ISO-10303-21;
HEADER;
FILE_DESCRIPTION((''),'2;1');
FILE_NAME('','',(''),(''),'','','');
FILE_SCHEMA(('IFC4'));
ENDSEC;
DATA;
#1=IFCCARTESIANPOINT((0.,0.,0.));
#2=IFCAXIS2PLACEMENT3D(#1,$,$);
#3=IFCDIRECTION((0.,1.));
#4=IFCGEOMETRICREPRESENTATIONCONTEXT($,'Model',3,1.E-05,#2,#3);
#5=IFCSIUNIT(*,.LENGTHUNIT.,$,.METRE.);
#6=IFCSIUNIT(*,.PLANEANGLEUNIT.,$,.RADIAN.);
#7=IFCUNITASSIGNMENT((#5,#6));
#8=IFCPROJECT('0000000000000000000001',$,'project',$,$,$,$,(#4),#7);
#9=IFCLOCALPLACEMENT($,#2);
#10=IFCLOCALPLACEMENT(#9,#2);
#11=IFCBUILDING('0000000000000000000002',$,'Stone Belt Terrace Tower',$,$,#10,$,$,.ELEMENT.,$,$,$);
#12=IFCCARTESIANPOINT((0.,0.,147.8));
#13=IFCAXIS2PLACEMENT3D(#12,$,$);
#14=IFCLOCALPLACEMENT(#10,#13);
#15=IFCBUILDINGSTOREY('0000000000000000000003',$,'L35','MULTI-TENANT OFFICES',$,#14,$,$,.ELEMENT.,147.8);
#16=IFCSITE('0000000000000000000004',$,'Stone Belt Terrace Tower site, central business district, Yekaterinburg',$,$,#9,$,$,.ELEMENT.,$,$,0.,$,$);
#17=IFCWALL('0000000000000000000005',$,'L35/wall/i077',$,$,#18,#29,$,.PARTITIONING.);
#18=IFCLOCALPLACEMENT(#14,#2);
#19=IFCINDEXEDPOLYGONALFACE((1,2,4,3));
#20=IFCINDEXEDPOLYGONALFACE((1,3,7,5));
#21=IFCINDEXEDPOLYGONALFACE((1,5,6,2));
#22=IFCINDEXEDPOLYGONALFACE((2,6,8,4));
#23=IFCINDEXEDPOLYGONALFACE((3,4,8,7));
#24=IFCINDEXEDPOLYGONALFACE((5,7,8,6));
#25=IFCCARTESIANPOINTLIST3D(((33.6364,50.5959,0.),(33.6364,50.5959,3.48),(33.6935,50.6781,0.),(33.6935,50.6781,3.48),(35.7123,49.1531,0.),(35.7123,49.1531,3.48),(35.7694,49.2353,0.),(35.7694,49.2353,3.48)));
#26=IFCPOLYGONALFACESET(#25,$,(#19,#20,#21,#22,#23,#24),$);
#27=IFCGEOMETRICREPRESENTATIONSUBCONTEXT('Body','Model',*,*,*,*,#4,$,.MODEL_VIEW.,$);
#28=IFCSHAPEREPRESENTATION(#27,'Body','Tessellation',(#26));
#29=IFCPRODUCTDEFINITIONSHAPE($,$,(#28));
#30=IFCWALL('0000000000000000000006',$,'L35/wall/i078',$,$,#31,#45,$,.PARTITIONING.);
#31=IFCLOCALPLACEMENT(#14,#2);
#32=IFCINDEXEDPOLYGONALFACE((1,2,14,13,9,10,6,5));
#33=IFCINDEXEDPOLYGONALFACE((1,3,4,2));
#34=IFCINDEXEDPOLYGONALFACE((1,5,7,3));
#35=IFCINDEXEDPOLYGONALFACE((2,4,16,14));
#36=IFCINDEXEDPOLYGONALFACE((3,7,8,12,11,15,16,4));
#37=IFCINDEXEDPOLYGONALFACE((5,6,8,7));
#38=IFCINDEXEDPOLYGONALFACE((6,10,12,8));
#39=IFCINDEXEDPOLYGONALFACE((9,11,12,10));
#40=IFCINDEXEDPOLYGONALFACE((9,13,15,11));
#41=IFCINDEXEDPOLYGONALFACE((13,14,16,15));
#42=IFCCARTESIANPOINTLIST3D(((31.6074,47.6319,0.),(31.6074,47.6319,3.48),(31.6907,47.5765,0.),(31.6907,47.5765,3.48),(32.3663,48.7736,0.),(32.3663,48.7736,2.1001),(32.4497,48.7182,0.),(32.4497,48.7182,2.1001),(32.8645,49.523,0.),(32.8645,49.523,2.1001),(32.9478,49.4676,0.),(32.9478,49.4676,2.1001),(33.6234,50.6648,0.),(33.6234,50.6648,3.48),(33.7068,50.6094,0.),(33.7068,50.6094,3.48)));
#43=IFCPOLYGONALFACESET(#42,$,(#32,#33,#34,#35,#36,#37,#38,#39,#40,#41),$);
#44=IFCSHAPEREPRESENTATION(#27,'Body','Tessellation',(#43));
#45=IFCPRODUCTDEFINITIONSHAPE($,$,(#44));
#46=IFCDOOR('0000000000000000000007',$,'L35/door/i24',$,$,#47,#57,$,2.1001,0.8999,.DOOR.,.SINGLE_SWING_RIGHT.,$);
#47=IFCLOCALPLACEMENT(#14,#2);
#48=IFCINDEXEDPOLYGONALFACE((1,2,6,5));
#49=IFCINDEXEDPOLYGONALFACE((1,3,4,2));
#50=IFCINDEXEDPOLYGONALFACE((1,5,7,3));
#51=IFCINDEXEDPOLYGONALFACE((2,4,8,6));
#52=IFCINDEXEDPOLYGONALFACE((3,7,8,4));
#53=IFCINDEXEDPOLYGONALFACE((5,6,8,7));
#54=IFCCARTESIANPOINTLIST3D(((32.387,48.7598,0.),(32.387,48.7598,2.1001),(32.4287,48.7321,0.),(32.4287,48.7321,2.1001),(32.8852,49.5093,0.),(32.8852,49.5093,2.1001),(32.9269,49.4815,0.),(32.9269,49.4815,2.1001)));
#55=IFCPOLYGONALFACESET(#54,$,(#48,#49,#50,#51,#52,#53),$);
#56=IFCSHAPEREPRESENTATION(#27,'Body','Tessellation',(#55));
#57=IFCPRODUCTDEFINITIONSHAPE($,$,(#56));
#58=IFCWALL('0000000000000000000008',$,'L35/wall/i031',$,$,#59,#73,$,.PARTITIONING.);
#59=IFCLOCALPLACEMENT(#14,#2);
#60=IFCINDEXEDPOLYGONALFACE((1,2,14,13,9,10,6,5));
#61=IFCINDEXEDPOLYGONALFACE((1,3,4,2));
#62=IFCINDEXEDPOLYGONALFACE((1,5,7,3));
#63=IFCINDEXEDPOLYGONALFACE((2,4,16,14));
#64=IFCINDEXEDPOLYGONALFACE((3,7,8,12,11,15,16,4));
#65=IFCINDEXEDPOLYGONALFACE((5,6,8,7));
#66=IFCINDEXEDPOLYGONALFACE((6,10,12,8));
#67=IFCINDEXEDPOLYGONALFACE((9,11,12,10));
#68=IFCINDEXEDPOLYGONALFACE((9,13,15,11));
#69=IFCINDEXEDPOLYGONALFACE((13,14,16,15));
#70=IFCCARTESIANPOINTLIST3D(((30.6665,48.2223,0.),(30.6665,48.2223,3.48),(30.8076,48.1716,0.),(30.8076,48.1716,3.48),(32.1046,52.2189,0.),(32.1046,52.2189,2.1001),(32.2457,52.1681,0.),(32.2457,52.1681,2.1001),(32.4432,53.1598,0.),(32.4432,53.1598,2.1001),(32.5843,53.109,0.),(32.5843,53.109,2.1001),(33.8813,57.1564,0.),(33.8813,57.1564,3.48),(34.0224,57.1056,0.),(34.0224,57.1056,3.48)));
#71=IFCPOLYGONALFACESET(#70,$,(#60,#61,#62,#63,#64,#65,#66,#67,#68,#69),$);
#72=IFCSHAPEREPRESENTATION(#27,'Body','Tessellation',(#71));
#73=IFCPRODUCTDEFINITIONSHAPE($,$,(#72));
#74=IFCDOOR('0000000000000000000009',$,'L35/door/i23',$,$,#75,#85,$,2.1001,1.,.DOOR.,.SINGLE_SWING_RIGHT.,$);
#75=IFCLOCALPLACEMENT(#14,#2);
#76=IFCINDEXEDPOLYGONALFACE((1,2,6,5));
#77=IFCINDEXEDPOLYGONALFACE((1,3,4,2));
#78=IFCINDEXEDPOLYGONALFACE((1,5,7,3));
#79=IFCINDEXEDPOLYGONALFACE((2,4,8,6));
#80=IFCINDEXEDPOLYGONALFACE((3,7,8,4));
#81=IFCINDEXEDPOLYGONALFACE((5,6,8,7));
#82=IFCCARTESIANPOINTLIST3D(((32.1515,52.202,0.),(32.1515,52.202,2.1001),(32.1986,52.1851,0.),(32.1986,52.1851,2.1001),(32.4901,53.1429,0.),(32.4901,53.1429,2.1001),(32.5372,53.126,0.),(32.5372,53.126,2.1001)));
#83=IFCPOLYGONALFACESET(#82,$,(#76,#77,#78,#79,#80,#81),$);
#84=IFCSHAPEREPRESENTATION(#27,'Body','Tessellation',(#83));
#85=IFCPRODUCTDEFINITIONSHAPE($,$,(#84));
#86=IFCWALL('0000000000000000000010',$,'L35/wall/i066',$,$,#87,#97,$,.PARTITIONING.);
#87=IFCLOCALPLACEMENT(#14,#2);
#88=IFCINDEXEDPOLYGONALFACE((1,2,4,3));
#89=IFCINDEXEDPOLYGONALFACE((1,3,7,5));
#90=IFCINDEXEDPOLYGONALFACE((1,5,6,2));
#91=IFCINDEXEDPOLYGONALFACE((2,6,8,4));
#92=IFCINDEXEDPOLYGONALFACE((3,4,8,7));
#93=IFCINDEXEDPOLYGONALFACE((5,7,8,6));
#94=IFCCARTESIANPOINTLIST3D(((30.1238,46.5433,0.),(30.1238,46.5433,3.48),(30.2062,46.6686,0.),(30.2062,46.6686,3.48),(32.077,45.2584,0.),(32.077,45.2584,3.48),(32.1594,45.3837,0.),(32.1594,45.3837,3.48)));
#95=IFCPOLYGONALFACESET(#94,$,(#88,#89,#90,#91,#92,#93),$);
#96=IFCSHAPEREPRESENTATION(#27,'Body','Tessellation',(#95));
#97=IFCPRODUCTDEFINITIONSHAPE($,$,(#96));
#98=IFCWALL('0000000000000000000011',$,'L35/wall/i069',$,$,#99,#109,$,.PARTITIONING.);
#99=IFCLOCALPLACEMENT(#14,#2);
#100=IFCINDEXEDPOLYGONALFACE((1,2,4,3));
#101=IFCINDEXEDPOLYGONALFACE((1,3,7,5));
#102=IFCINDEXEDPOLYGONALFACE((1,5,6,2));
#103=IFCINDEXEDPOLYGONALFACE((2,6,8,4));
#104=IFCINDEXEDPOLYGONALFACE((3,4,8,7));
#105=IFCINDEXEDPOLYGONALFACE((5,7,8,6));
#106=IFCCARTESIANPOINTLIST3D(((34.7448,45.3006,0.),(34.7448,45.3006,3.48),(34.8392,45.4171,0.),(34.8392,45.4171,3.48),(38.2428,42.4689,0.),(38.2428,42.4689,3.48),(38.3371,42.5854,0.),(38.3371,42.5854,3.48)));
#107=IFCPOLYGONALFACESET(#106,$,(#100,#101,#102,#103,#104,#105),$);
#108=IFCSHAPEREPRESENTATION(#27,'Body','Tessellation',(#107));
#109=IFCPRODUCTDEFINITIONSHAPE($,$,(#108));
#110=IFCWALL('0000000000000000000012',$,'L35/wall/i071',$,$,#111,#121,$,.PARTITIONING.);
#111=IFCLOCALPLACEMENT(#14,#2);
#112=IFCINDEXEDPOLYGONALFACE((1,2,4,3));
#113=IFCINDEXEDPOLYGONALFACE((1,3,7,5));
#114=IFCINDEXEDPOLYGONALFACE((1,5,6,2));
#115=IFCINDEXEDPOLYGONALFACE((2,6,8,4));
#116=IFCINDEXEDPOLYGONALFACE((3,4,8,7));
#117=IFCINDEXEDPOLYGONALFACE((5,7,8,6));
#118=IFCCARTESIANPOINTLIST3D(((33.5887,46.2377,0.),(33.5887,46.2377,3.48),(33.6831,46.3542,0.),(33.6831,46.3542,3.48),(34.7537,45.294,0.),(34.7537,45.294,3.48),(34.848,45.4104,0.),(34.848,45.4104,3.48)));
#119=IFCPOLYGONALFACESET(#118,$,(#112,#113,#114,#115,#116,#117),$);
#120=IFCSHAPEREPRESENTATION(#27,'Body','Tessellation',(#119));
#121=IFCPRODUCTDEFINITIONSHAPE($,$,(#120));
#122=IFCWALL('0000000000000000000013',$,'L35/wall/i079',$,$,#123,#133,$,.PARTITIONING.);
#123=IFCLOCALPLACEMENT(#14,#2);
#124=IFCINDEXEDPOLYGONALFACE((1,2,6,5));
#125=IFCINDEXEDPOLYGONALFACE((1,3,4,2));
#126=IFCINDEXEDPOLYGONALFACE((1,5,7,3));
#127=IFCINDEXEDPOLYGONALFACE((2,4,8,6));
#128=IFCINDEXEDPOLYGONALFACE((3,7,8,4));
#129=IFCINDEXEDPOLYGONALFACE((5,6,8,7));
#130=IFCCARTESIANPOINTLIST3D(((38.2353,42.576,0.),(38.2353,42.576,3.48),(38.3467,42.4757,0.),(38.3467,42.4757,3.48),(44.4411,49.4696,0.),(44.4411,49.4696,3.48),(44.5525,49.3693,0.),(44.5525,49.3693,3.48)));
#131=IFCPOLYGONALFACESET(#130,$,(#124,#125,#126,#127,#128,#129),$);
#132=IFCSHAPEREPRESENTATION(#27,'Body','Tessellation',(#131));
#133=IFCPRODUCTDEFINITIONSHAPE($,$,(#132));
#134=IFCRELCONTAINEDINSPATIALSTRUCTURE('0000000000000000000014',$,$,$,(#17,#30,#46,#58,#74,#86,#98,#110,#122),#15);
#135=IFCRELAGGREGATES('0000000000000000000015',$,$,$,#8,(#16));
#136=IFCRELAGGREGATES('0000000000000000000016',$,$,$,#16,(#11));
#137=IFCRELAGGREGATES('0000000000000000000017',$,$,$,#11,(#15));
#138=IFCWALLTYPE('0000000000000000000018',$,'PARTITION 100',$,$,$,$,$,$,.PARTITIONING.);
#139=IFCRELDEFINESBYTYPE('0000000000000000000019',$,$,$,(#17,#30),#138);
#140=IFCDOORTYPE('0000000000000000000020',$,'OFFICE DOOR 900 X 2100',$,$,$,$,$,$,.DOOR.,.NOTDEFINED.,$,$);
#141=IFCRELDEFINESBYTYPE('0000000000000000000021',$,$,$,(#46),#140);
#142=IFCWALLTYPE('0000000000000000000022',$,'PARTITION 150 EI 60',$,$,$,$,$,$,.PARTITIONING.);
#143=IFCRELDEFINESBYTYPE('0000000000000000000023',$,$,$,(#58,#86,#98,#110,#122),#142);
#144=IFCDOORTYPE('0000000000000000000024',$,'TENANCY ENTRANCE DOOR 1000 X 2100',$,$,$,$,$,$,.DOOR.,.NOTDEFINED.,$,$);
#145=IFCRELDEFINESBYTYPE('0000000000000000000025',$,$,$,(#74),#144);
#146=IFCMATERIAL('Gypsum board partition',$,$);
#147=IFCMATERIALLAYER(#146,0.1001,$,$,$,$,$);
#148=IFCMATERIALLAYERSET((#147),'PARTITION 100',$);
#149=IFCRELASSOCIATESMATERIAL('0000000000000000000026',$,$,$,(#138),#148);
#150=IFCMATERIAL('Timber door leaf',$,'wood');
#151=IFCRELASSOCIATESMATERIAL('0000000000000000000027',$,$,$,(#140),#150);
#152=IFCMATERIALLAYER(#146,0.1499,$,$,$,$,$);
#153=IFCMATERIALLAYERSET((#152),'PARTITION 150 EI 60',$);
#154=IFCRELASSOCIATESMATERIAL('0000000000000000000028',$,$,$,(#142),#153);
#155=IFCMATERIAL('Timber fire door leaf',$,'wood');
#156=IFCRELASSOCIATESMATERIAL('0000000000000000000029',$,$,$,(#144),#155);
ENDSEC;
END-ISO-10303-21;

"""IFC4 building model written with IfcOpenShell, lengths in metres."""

from ifc_helpers import new_model, si_unit, direction, frame, frame_2d, origin, place, context, subcontext, project, spatial, rectangle, extrude, material, layer, layer_set, type_object, element, fill, save


model = new_model("IFC4")

# Units and contexts
model_context = context("Model", 3, precision=1e-05, world=origin(), true_north=direction((0.0, 1.0)))
body_context = subcontext(model_context, "Body", "Model", "MODEL_VIEW")
ifc_project = project(units=[si_unit("LENGTHUNIT", "METRE"), si_unit("PLANEANGLEUNIT", "RADIAN")], contexts=[model_context])

# Site, building, storey
site_placement = place(None, origin())
site = spatial("IfcSite", under=ifc_project, at=site_placement, Name="Stone Belt Terrace Tower site, central business district, Yekaterinburg", CompositionType="ELEMENT", RefElevation=0.0)
building_placement = place(site_placement, origin())
building = spatial("IfcBuilding", under=site, at=building_placement, Name="Stone Belt Terrace Tower", CompositionType="ELEMENT")
storey_placement = place(building_placement, frame((0.0, 0.0, 147.8)))
storey = spatial("IfcBuildingStorey", under=building, at=storey_placement, Name="L35", Description="MULTI-TENANT OFFICES", CompositionType="ELEMENT", Elevation=147.8)

# Wall
ifc_material_1 = material(Name="Gypsum board partition")
ifc_layer_1 = layer(ifc_material_1, 0.1001)
ifc_layer_set_1 = layer_set([ifc_layer_1], Name="PARTITION 100")
wall_type_1 = type_object("IfcWallType", Name="PARTITION 100", PredefinedType="PARTITIONING", material=ifc_layer_set_1)
wall_1_placement = place(storey_placement, frame((35.741, 49.1941, 0.0), z_axis=(0.0, 0.0, 1.0), x_axis=(-0.821137, 0.570731, 0.0)))
element("IfcWall", 1, at=wall_1_placement, inside=storey, type_object=wall_type_1, Name="L35/wall/i077", PredefinedType="PARTITIONING", context=body_context, shape_type="SweptSolid", body=[
    extrude(rectangle(XDim=2.5281, YDim=0.1001, at=frame_2d((1.2642, 0.0))), origin(), (0.0, 0.0, 1.0), 3.48),
])

# Walls, openings, doors
wall_2_placement = place(storey_placement, frame((33.665, 50.637, 0.0), z_axis=(0.0, 0.0, 1.0), x_axis=(-0.553586, -0.832792, 0.0)))
wall_2 = element("IfcWall", 2, at=wall_2_placement, inside=storey, type_object=wall_type_1, Name="L35/wall/i078", PredefinedType="PARTITIONING", context=body_context, shape_type="SweptSolid", body=[
    extrude(rectangle(XDim=3.6418, YDim=0.1001, at=frame_2d((1.8208, 0.0))), origin(), (0.0, 0.0, 1.0), 3.48),
])
opening_1_placement = place(wall_2_placement, frame((1.3708, 0.0, 0.0)))
opening_1 = element("IfcOpeningElement", 3, at=opening_1_placement, cuts=wall_2, PredefinedType="OPENING", context=body_context, shape_type="SweptSolid", body=[
    extrude(rectangle(XDim=0.8999, YDim=2.1001, at=frame_2d((0.45, 1.05))), frame((0.0, 0.0601, 0.0), z_axis=(0.0, -1.0, 0.0), x_axis=(1.0, 0.0, 0.0)), (0.0, 0.0, 1.0), 0.1201),
])
ifc_material_2 = material(Name="Timber door leaf", Category="wood")
door_type_1 = type_object("IfcDoorType", Name="OFFICE DOOR 900 X 2100", OperationType="NOTDEFINED", PredefinedType="DOOR", material=ifc_material_2)
door_1_placement = place(opening_1_placement, origin())
door_1 = element("IfcDoor", 4, at=door_1_placement, inside=storey, type_object=door_type_1, Name="L35/door/i24", OperationType="SINGLE_SWING_RIGHT", OverallHeight=2.1001, OverallWidth=0.8999, PredefinedType="DOOR", context=body_context, shape_type="SweptSolid", body=[
    extrude(rectangle(XDim=0.8999, YDim=2.1001, at=frame_2d((0.45, 1.05))), frame((0.0, 0.0249, 0.0), z_axis=(0.0, -1.0, 0.0), x_axis=(1.0, 0.0, 0.0)), (0.0, 0.0, 1.0), 0.05),
])
fill(opening_1, door_1)
ifc_layer_2 = layer(ifc_material_1, 0.1499)
ifc_layer_set_2 = layer_set([ifc_layer_2], Name="PARTITION 150 EI 60")
wall_type_2 = type_object("IfcWallType", Name="PARTITION 150 EI 60", PredefinedType="PARTITIONING", material=ifc_layer_set_2)
wall_3_placement = place(storey_placement, frame((33.9519, 57.1311, 0.0), z_axis=(0.0, 0.0, 1.0), x_axis=(-0.338587, -0.940935, 0.0)))
wall_3 = element("IfcWall", 5, at=wall_3_placement, inside=storey, type_object=wall_type_2, Name="L35/wall/i031", PredefinedType="PARTITIONING", context=body_context, shape_type="SweptSolid", body=[
    extrude(rectangle(XDim=9.4949, YDim=0.1499, at=frame_2d((4.7476, 0.0))), origin(), (0.0, 0.0, 1.0), 3.48),
])
opening_2_placement = place(wall_3_placement, frame((4.2476, 0.0, 0.0)))
opening_2 = element("IfcOpeningElement", 6, at=opening_2_placement, cuts=wall_3, PredefinedType="OPENING", context=body_context, shape_type="SweptSolid", body=[
    extrude(rectangle(XDim=1.0, YDim=2.1001, at=frame_2d((0.5, 1.05))), frame((0.0, 0.085, 0.0), z_axis=(0.0, -1.0, 0.0), x_axis=(1.0, 0.0, 0.0)), (0.0, 0.0, 1.0), 0.1699),
])
ifc_material_3 = material(Name="Timber fire door leaf", Category="wood")
door_type_2 = type_object("IfcDoorType", Name="TENANCY ENTRANCE DOOR 1000 X 2100", OperationType="NOTDEFINED", PredefinedType="DOOR", material=ifc_material_3)
door_2_placement = place(opening_2_placement, origin())
door_2 = element("IfcDoor", 7, at=door_2_placement, inside=storey, type_object=door_type_2, Name="L35/door/i23", OperationType="SINGLE_SWING_RIGHT", OverallHeight=2.1001, OverallWidth=1.0, PredefinedType="DOOR", context=body_context, shape_type="SweptSolid", body=[
    extrude(rectangle(XDim=1.0, YDim=2.1001, at=frame_2d((0.5, 1.05))), frame((0.0, 0.0249, 0.0), z_axis=(0.0, -1.0, 0.0), x_axis=(1.0, 0.0, 0.0)), (0.0, 0.0, 1.0), 0.05),
])
fill(opening_2, door_2)

# Walls
wall_4_placement = place(storey_placement, frame((32.1182, 45.321, 0.0), z_axis=(0.0, 0.0, 1.0), x_axis=(-0.835425, 0.549605, 0.0)))
element("IfcWall", 8, at=wall_4_placement, inside=storey, type_object=wall_type_2, Name="L35/wall/i066", PredefinedType="PARTITIONING", context=body_context, shape_type="SweptSolid", body=[
    extrude(rectangle(XDim=2.3379, YDim=0.1499, at=frame_2d((1.1689, 0.0))), origin(), (0.0, 0.0, 1.0), 3.48),
])
wall_5_placement = place(storey_placement, frame((34.792, 45.3589, 0.0), z_axis=(0.0, 0.0, 1.0), x_axis=(0.777241, -0.629203, 0.0)))
element("IfcWall", 9, at=wall_5_placement, inside=storey, type_object=wall_type_2, Name="L35/wall/i069", PredefinedType="PARTITIONING", context=body_context, shape_type="SweptSolid", body=[
    extrude(rectangle(XDim=4.5005, YDim=0.1499, at=frame_2d((2.2502, 0.0))), origin(), (0.0, 0.0, 1.0), 3.48),
])
wall_6_placement = place(storey_placement, frame((33.636, 46.2959, 0.0), z_axis=(0.0, 0.0, 1.0), x_axis=(0.77701, -0.629489, 0.0)))
element("IfcWall", 10, at=wall_6_placement, inside=storey, type_object=wall_type_2, Name="L35/wall/i071", PredefinedType="PARTITIONING", context=body_context, shape_type="SweptSolid", body=[
    extrude(rectangle(XDim=1.4993, YDim=0.1499, at=frame_2d((0.7495, 0.0))), origin(), (0.0, 0.0, 1.0), 3.48),
])
wall_7_placement = place(storey_placement, frame((44.4968, 49.4194, 0.0), z_axis=(0.0, 0.0, 1.0), x_axis=(-0.669061, -0.743208, 0.0)))
element("IfcWall", 11, at=wall_7_placement, inside=storey, type_object=wall_type_2, Name="L35/wall/i079", PredefinedType="PARTITIONING", context=body_context, shape_type="SweptSolid", body=[
    extrude(rectangle(XDim=9.2754, YDim=0.1499, at=frame_2d((4.6377, 0.0))), origin(), (0.0, 0.0, 1.0), 3.48),
])

save(model, "model.ifc")
